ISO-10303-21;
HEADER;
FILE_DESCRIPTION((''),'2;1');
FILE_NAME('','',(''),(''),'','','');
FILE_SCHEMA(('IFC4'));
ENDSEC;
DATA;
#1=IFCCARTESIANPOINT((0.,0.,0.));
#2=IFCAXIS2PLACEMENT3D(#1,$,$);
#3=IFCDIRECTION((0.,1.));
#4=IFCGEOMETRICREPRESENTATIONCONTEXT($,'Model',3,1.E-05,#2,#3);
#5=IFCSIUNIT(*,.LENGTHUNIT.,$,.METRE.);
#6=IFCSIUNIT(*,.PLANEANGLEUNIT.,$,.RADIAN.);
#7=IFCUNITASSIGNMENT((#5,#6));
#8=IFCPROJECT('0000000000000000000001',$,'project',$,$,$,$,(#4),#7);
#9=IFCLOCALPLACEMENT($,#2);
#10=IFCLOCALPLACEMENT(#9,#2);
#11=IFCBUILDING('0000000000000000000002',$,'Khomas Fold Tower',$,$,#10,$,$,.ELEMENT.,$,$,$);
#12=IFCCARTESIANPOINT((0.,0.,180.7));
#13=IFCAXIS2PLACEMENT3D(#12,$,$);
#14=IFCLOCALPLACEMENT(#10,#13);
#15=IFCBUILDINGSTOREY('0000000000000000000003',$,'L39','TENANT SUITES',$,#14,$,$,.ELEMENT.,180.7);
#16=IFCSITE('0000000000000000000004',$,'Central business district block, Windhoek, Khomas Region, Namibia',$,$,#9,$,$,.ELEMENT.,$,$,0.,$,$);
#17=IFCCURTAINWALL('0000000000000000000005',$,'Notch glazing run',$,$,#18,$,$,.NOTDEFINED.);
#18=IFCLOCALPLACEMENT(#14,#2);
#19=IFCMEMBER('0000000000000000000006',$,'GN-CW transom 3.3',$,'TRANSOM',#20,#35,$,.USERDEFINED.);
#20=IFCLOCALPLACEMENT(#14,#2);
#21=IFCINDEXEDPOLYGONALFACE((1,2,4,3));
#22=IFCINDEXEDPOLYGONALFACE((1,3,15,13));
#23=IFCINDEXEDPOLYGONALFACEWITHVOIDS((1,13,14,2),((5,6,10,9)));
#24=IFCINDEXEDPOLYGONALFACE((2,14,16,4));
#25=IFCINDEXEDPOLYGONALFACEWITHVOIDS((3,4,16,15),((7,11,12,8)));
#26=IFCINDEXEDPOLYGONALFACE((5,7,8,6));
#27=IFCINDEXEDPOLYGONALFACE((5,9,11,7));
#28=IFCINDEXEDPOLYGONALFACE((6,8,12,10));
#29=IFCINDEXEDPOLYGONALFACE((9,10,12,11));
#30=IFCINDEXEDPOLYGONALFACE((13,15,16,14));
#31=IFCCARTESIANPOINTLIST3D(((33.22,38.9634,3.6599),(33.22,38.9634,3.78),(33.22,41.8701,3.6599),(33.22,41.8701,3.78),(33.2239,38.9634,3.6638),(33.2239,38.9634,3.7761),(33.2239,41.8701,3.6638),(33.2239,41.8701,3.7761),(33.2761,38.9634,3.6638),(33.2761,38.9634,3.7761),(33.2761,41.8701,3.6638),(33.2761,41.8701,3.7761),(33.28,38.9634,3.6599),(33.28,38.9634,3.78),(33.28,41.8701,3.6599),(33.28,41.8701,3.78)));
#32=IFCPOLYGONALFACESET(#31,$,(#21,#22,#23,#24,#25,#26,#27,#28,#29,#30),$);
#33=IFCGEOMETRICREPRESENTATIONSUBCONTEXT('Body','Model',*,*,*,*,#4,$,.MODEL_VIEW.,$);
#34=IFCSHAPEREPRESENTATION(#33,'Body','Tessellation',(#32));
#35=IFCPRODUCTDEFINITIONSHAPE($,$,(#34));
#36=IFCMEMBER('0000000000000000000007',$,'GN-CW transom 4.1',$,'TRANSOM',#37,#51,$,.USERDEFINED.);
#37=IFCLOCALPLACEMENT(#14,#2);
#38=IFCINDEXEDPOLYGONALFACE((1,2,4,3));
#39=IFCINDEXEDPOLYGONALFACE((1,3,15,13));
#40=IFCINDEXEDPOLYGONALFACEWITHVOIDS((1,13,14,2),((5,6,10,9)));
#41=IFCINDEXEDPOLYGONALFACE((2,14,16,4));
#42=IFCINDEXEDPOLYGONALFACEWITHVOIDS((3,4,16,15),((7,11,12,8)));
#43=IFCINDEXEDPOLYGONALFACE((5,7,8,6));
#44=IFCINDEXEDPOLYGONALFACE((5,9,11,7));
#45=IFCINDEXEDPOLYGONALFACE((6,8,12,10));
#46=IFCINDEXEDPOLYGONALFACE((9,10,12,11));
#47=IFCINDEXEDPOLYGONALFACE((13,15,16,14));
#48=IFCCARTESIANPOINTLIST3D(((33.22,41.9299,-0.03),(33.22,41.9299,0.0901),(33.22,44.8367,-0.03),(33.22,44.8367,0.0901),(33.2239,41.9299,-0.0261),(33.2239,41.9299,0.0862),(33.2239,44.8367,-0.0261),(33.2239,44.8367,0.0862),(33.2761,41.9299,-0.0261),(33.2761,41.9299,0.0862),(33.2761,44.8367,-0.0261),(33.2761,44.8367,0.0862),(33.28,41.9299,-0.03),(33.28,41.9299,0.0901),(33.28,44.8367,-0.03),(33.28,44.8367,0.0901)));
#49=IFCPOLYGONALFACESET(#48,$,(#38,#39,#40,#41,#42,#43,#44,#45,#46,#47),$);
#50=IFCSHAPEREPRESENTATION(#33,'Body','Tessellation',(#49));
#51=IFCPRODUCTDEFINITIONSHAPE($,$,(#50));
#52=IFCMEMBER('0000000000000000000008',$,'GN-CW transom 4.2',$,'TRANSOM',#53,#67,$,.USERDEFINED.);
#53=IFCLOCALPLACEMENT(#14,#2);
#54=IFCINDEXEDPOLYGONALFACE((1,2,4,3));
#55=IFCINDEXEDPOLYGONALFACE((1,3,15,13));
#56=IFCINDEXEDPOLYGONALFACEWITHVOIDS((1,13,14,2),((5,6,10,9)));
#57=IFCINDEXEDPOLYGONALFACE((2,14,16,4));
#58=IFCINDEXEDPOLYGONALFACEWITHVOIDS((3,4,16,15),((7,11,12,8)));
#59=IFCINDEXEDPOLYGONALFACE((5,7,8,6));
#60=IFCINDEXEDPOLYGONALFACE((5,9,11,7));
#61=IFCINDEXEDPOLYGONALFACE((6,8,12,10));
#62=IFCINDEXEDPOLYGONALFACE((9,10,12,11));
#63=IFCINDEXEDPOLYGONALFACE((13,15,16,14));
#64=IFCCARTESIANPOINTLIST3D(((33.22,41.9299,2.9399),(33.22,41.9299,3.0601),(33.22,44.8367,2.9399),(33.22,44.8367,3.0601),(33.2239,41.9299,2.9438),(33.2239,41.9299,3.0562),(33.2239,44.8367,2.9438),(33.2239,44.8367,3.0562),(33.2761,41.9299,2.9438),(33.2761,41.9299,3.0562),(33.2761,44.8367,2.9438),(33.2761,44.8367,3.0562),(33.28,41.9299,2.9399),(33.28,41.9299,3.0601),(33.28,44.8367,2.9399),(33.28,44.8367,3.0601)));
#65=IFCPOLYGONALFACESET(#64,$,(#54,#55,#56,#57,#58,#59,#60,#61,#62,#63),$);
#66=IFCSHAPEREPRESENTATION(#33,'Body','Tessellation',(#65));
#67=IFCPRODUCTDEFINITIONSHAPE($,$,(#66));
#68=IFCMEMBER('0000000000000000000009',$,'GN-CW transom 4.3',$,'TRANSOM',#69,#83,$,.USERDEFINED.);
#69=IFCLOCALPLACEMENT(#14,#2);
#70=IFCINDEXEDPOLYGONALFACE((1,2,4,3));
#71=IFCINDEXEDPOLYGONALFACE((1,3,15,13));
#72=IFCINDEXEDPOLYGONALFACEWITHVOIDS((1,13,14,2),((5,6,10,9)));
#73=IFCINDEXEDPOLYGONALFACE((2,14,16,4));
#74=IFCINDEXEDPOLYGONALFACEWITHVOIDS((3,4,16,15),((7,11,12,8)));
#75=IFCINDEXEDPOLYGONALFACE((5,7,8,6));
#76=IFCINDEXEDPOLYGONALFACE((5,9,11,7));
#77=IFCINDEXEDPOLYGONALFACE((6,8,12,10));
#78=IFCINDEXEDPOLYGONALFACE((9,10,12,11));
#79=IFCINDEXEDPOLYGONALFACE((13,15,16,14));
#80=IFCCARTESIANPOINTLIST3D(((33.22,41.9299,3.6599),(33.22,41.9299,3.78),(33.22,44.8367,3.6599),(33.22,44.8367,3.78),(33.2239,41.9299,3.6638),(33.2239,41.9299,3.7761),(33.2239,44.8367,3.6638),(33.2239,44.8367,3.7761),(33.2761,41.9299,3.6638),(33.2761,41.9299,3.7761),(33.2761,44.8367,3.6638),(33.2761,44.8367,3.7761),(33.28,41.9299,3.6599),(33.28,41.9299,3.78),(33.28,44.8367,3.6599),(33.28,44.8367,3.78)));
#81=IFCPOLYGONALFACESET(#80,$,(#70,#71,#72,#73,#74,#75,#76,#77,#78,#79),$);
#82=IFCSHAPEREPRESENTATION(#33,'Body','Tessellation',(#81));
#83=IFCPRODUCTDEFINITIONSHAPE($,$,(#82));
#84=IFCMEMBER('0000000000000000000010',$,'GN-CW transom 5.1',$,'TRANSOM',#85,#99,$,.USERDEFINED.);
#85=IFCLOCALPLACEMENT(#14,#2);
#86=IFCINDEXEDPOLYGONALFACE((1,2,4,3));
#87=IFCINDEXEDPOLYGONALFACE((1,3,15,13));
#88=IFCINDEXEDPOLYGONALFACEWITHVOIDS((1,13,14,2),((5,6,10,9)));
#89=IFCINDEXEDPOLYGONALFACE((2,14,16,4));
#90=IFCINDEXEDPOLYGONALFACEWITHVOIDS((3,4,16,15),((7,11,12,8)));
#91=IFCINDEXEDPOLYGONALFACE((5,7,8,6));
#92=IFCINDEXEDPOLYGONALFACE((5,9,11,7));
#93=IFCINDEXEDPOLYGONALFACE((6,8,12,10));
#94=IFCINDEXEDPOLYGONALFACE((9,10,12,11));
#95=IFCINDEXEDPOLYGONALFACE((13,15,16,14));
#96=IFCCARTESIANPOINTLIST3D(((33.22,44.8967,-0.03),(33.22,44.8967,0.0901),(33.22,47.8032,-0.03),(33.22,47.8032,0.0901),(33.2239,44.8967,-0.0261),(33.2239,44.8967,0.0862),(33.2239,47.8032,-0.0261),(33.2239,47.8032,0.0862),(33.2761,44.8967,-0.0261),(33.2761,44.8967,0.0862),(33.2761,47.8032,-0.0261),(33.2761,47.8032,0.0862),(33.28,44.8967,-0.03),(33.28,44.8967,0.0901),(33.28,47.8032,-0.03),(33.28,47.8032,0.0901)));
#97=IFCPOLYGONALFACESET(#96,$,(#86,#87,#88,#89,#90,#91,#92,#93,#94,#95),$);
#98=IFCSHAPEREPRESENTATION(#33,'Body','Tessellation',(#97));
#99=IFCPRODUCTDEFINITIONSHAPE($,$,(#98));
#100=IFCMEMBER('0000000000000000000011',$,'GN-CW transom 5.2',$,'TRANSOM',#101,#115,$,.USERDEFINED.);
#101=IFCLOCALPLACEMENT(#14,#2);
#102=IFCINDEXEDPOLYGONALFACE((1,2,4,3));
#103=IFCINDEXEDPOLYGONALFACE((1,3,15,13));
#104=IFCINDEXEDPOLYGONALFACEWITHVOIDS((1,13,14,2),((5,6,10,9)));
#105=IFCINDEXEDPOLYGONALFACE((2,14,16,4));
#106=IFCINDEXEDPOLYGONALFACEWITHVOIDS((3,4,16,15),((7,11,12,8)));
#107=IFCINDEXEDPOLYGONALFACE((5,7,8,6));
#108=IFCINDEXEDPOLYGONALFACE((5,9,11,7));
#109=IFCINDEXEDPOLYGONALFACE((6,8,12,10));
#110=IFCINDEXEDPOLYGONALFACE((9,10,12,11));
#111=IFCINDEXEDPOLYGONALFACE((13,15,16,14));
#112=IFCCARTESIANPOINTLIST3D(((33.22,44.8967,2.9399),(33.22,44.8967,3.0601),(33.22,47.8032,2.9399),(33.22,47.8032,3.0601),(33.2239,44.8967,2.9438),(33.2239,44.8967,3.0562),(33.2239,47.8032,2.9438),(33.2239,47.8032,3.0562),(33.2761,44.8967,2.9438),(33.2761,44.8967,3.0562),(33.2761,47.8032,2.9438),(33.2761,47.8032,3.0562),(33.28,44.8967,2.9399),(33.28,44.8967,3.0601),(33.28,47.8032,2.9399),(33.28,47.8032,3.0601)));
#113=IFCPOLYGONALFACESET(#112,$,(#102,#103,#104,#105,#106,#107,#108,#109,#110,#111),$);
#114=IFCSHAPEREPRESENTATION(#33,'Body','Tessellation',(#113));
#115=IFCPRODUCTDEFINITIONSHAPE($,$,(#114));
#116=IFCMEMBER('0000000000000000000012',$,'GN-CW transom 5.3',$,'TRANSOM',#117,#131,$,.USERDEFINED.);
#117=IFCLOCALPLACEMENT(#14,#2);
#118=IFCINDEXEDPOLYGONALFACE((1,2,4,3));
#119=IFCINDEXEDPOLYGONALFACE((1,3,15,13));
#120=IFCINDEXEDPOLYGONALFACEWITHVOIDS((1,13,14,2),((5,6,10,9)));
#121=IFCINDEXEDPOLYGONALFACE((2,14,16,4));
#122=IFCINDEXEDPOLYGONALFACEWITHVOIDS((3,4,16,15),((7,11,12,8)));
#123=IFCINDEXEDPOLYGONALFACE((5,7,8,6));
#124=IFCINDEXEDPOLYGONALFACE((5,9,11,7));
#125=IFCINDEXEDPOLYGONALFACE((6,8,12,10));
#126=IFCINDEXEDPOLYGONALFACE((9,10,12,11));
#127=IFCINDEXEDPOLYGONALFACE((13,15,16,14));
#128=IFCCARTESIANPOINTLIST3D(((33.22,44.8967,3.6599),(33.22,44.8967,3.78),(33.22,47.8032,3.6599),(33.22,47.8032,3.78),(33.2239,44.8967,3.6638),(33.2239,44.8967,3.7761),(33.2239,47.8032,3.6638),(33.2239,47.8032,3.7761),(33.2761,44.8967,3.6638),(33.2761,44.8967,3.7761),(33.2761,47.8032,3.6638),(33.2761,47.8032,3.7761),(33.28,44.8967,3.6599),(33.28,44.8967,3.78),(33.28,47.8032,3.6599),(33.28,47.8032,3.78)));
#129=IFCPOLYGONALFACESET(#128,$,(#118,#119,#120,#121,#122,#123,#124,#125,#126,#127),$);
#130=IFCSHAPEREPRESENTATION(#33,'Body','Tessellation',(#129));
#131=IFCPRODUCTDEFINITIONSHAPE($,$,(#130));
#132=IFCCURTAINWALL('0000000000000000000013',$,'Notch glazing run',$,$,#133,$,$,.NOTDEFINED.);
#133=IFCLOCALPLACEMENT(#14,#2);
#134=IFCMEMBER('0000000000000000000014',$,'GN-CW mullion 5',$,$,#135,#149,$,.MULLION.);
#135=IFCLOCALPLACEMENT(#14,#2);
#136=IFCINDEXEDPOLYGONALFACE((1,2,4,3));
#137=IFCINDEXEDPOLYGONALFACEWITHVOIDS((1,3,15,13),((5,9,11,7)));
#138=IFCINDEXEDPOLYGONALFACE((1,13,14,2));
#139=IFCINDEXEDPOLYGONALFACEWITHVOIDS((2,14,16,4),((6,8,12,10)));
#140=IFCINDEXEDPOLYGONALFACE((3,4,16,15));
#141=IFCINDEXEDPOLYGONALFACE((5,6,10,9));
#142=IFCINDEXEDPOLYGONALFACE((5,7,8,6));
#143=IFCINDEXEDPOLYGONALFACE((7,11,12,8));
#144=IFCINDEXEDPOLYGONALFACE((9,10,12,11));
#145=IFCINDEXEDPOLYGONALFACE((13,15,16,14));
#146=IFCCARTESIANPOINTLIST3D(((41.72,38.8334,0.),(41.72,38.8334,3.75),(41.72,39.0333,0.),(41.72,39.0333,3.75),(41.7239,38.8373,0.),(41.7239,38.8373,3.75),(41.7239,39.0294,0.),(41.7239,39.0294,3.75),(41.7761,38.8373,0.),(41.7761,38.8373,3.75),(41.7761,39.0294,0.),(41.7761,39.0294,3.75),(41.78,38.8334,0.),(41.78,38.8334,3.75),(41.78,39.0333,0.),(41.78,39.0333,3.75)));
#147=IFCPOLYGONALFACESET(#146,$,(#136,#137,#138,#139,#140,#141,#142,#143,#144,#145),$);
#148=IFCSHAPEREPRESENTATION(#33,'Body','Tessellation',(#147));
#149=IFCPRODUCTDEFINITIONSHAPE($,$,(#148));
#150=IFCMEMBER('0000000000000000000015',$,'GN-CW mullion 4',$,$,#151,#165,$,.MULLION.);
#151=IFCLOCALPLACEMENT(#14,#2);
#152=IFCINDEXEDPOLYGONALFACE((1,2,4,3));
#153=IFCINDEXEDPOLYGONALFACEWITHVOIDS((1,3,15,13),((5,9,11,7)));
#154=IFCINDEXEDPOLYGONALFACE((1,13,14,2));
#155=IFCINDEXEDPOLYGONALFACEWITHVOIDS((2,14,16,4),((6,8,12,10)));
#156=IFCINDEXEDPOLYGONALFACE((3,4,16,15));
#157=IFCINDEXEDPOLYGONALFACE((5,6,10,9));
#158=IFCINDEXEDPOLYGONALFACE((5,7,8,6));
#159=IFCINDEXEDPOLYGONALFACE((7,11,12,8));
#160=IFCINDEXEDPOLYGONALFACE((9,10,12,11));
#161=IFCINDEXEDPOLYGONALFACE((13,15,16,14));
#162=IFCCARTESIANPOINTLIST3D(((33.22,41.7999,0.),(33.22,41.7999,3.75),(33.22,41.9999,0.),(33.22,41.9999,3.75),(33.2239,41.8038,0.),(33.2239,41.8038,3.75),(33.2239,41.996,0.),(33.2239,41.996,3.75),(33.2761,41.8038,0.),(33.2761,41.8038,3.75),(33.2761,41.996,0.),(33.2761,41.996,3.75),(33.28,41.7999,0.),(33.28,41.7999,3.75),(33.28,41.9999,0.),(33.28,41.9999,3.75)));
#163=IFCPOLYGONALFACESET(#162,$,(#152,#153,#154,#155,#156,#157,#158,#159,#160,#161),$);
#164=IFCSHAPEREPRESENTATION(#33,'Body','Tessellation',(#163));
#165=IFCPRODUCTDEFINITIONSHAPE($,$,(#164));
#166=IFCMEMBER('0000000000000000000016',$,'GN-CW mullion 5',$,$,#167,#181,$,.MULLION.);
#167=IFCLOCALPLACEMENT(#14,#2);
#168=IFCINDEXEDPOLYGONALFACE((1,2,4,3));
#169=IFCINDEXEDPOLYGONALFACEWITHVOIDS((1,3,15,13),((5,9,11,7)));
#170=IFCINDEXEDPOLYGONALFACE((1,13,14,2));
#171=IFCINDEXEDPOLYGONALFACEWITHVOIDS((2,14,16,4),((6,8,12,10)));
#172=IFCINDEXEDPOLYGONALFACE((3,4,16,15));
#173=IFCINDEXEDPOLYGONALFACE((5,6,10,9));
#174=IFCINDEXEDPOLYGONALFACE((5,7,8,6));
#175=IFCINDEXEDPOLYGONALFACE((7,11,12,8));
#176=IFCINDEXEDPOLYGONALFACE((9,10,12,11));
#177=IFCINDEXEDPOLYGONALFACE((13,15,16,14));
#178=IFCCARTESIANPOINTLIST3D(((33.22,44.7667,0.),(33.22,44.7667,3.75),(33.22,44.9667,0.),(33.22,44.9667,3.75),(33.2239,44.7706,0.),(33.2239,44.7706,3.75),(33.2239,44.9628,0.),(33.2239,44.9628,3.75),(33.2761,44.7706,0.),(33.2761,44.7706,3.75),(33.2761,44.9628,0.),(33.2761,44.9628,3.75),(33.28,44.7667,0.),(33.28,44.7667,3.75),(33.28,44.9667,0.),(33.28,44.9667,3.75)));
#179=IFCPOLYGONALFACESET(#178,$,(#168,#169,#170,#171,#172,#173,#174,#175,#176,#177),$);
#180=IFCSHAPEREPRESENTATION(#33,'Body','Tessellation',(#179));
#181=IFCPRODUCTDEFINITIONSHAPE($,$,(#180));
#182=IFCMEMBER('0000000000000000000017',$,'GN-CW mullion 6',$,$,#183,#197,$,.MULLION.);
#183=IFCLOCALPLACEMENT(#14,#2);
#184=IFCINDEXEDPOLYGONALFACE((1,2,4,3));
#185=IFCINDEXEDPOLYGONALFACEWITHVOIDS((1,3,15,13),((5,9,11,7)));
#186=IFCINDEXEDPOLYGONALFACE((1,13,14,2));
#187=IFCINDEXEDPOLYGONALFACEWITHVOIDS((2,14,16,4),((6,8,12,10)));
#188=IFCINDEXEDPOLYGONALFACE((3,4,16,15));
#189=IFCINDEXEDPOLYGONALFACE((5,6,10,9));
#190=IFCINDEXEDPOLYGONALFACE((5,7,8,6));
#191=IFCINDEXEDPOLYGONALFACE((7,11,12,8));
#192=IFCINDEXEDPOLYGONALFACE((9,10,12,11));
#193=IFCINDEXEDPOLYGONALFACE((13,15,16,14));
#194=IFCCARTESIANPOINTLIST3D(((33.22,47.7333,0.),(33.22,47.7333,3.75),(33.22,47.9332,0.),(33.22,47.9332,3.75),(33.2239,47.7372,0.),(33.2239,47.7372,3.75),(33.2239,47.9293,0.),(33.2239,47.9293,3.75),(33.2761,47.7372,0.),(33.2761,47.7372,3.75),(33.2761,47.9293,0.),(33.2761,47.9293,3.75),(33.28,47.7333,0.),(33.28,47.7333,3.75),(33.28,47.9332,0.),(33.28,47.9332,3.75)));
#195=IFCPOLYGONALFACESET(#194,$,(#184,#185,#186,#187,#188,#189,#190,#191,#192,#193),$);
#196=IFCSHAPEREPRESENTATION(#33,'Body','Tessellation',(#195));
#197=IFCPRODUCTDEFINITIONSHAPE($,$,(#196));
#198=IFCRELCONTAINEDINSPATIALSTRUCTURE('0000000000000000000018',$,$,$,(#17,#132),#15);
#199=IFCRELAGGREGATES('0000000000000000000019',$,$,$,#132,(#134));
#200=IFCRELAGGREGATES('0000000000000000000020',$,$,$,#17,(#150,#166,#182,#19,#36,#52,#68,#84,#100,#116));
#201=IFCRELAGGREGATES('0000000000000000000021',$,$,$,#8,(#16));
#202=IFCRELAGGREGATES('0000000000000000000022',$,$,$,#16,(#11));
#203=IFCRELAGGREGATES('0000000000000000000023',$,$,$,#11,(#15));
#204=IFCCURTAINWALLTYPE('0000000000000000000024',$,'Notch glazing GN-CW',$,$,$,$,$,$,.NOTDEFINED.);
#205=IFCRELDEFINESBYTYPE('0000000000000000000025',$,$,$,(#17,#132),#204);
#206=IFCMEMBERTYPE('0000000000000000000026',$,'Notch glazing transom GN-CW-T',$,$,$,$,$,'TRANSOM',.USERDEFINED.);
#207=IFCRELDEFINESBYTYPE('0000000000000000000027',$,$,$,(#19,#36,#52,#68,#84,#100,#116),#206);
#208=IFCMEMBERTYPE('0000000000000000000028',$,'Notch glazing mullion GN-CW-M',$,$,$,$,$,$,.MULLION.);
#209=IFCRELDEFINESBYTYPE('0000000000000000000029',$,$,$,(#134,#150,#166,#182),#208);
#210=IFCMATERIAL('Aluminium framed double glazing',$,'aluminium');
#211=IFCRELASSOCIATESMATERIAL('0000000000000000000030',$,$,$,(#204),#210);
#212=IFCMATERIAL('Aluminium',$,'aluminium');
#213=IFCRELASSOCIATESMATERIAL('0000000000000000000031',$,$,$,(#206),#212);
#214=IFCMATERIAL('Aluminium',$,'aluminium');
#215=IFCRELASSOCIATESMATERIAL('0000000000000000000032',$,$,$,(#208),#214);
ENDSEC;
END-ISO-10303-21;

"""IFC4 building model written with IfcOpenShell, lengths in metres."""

from ifc_helpers import new_model, si_unit, direction, frame, origin, origin_2d, place, context, subcontext, project, spatial, hollow_rectangle, extrude, source, transform, mapped, material, material_profile, profile_set, type_object, element, aggregate, save


model = new_model("IFC4")

# Units and contexts
model_context = context("Model", 3, precision=1e-05, world=origin(), true_north=direction((0.0, 1.0)))
body_context = subcontext(model_context, "Body", "Model", "MODEL_VIEW")
ifc_project = project(units=[si_unit("LENGTHUNIT", "METRE"), si_unit("PLANEANGLEUNIT", "RADIAN")], contexts=[model_context])

# Site, building, storey
site_placement = place(None, origin())
site = spatial("IfcSite", under=ifc_project, at=site_placement, Name="Central business district block, Windhoek, Khomas Region, Namibia", CompositionType="ELEMENT", RefElevation=0.0)
building_placement = place(site_placement, origin())
building = spatial("IfcBuilding", under=site, at=building_placement, Name="Khomas Fold Tower", CompositionType="ELEMENT")
storey_placement = place(building_placement, frame((0.0, 0.0, 180.7)))
storey = spatial("IfcBuildingStorey", under=building, at=storey_placement, Name="L39", Description="TENANT SUITES", CompositionType="ELEMENT", Elevation=180.7)

# Curtain wall, members
ifc_material_1 = material(Name="Aluminium framed double glazing", Category="aluminium")
curtain_wall_type_1 = type_object("IfcCurtainWallType", Name="Notch glazing GN-CW", PredefinedType="NOTDEFINED", material=ifc_material_1)
curtain_wall_1_placement = place(storey_placement, origin())
curtain_wall_1 = element("IfcCurtainWall", 1, at=curtain_wall_1_placement, inside=storey, type_object=curtain_wall_type_1, Name="Notch glazing run", PredefinedType="NOTDEFINED")
ifc_material_2 = material(Name="Aluminium", Category="aluminium")
ifc_material_profile_1 = material_profile(ifc_material_2, hollow_rectangle(XDim=0.0601, YDim=0.1201, WallThickness=0.0039, at=origin_2d()), Name="Notch glazing transom GN-CW-T")
ifc_profile_set_1 = profile_set([ifc_material_profile_1], Name="Aluminium")
member_type_1 = type_object("IfcMemberType", Name="Notch glazing transom GN-CW-T", ElementType="TRANSOM", PredefinedType="USERDEFINED", material=ifc_profile_set_1)
shared_shape_1 = source(origin(), body_context, "Body", "SweptSolid", [
    extrude(hollow_rectangle(XDim=0.0601, YDim=0.1201, WallThickness=0.0039, at=origin_2d()), origin(), (0.0, 0.0, 1.0), 2.9067),
])
member_1_placement = place(storey_placement, frame((33.25, 38.9634, 3.72), z_axis=(0.0, 1.0, 0.0), x_axis=(-1.0, 0.0, 0.0)))
member_1 = element("IfcMember", 2, at=member_1_placement, type_object=member_type_1, Name="GN-CW transom 3.3", ObjectType="TRANSOM", PredefinedType="USERDEFINED", context=body_context, shape_type="MappedRepresentation", body=[
    mapped(shared_shape_1, transform((0.0, 0.0, 0.0))),
])
member_2_placement = place(storey_placement, frame((33.25, 41.9299, 0.03), z_axis=(0.0, 1.0, 0.0), x_axis=(-1.0, 0.0, 0.0)))
member_2 = element("IfcMember", 3, at=member_2_placement, type_object=member_type_1, Name="GN-CW transom 4.1", ObjectType="TRANSOM", PredefinedType="USERDEFINED", context=body_context, shape_type="MappedRepresentation", body=[
    mapped(shared_shape_1, transform((0.0, 0.0, 0.0))),
])
member_3_placement = place(storey_placement, frame((33.25, 41.9299, 3.0), z_axis=(0.0, 1.0, 0.0), x_axis=(-1.0, 0.0, 0.0)))
member_3 = element("IfcMember", 4, at=member_3_placement, type_object=member_type_1, Name="GN-CW transom 4.2", ObjectType="TRANSOM", PredefinedType="USERDEFINED", context=body_context, shape_type="MappedRepresentation", body=[
    mapped(shared_shape_1, transform((0.0, 0.0, 0.0))),
])
member_4_placement = place(storey_placement, frame((33.25, 41.9299, 3.72), z_axis=(0.0, 1.0, 0.0), x_axis=(-1.0, 0.0, 0.0)))
member_4 = element("IfcMember", 5, at=member_4_placement, type_object=member_type_1, Name="GN-CW transom 4.3", ObjectType="TRANSOM", PredefinedType="USERDEFINED", context=body_context, shape_type="MappedRepresentation", body=[
    mapped(shared_shape_1, transform((0.0, 0.0, 0.0))),
])
shared_shape_2 = source(origin(), body_context, "Body", "SweptSolid", [
    extrude(hollow_rectangle(XDim=0.0601, YDim=0.1201, WallThickness=0.0039, at=origin_2d()), origin(), (0.0, 0.0, 1.0), 2.9065),
])
member_5_placement = place(storey_placement, frame((33.25, 44.8967, 0.03), z_axis=(0.0, 1.0, 0.0), x_axis=(-1.0, 0.0, 0.0)))
member_5 = element("IfcMember", 6, at=member_5_placement, type_object=member_type_1, Name="GN-CW transom 5.1", ObjectType="TRANSOM", PredefinedType="USERDEFINED", context=body_context, shape_type="MappedRepresentation", body=[
    mapped(shared_shape_2, transform((0.0, 0.0, 0.0))),
])
member_6_placement = place(storey_placement, frame((33.25, 44.8967, 3.0), z_axis=(0.0, 1.0, 0.0), x_axis=(-1.0, 0.0, 0.0)))
member_6 = element("IfcMember", 7, at=member_6_placement, type_object=member_type_1, Name="GN-CW transom 5.2", ObjectType="TRANSOM", PredefinedType="USERDEFINED", context=body_context, shape_type="MappedRepresentation", body=[
    mapped(shared_shape_2, transform((0.0, 0.0, 0.0))),
])
member_7_placement = place(storey_placement, frame((33.25, 44.8967, 3.72), z_axis=(0.0, 1.0, 0.0), x_axis=(-1.0, 0.0, 0.0)))
member_7 = element("IfcMember", 8, at=member_7_placement, type_object=member_type_1, Name="GN-CW transom 5.3", ObjectType="TRANSOM", PredefinedType="USERDEFINED", context=body_context, shape_type="MappedRepresentation", body=[
    mapped(shared_shape_2, transform((0.0, 0.0, 0.0))),
])

# Curtain wall, member
curtain_wall_2_placement = place(storey_placement, origin())
curtain_wall_2 = element("IfcCurtainWall", 9, at=curtain_wall_2_placement, inside=storey, type_object=curtain_wall_type_1, Name="Notch glazing run", PredefinedType="NOTDEFINED")
ifc_material_3 = material(Name="Aluminium", Category="aluminium")
ifc_material_profile_2 = material_profile(ifc_material_3, hollow_rectangle(XDim=0.0601, YDim=0.2, WallThickness=0.0039, at=origin_2d()), Name="Notch glazing mullion GN-CW-M")
ifc_profile_set_2 = profile_set([ifc_material_profile_2], Name="Aluminium")
member_type_2 = type_object("IfcMemberType", Name="Notch glazing mullion GN-CW-M", PredefinedType="MULLION", material=ifc_profile_set_2)
shared_shape_3 = source(origin(), body_context, "Body", "SweptSolid", [
    extrude(hollow_rectangle(XDim=0.0601, YDim=0.2, WallThickness=0.0039, at=origin_2d()), origin(), (0.0, 0.0, 1.0), 3.75),
])
member_8_placement = place(storey_placement, frame((41.75, 38.9333, 0.0), z_axis=(0.0, 0.0, 1.0), x_axis=(1.0, 0.0, 0.0)))
member_8 = element("IfcMember", 10, at=member_8_placement, type_object=member_type_2, Name="GN-CW mullion 5", PredefinedType="MULLION", context=body_context, shape_type="MappedRepresentation", body=[
    mapped(shared_shape_3, transform((0.0, 0.0, 0.0))),
])
aggregate(curtain_wall_2, [member_8])

# Members
member_9_placement = place(storey_placement, frame((33.25, 41.8999, 0.0), z_axis=(0.0, 0.0, 1.0), x_axis=(-1.0, 0.0, 0.0)))
member_9 = element("IfcMember", 11, at=member_9_placement, type_object=member_type_2, Name="GN-CW mullion 4", PredefinedType="MULLION", context=body_context, shape_type="MappedRepresentation", body=[
    mapped(shared_shape_3, transform((0.0, 0.0, 0.0))),
])
member_10_placement = place(storey_placement, frame((33.25, 44.8667, 0.0), z_axis=(0.0, 0.0, 1.0), x_axis=(-1.0, 0.0, 0.0)))
member_10 = element("IfcMember", 12, at=member_10_placement, type_object=member_type_2, Name="GN-CW mullion 5", PredefinedType="MULLION", context=body_context, shape_type="MappedRepresentation", body=[
    mapped(shared_shape_3, transform((0.0, 0.0, 0.0))),
])
member_11_placement = place(storey_placement, frame((33.25, 47.8333, 0.0), z_axis=(0.0, 0.0, 1.0), x_axis=(-1.0, 0.0, 0.0)))
member_11 = element("IfcMember", 13, at=member_11_placement, type_object=member_type_2, Name="GN-CW mullion 6", PredefinedType="MULLION", context=body_context, shape_type="MappedRepresentation", body=[
    mapped(shared_shape_3, transform((0.0, 0.0, 0.0))),
])

aggregate(curtain_wall_1, [member_9, member_10, member_11, member_1, member_2, member_3, member_4, member_5, member_6, member_7])

save(model, "model.ifc")
